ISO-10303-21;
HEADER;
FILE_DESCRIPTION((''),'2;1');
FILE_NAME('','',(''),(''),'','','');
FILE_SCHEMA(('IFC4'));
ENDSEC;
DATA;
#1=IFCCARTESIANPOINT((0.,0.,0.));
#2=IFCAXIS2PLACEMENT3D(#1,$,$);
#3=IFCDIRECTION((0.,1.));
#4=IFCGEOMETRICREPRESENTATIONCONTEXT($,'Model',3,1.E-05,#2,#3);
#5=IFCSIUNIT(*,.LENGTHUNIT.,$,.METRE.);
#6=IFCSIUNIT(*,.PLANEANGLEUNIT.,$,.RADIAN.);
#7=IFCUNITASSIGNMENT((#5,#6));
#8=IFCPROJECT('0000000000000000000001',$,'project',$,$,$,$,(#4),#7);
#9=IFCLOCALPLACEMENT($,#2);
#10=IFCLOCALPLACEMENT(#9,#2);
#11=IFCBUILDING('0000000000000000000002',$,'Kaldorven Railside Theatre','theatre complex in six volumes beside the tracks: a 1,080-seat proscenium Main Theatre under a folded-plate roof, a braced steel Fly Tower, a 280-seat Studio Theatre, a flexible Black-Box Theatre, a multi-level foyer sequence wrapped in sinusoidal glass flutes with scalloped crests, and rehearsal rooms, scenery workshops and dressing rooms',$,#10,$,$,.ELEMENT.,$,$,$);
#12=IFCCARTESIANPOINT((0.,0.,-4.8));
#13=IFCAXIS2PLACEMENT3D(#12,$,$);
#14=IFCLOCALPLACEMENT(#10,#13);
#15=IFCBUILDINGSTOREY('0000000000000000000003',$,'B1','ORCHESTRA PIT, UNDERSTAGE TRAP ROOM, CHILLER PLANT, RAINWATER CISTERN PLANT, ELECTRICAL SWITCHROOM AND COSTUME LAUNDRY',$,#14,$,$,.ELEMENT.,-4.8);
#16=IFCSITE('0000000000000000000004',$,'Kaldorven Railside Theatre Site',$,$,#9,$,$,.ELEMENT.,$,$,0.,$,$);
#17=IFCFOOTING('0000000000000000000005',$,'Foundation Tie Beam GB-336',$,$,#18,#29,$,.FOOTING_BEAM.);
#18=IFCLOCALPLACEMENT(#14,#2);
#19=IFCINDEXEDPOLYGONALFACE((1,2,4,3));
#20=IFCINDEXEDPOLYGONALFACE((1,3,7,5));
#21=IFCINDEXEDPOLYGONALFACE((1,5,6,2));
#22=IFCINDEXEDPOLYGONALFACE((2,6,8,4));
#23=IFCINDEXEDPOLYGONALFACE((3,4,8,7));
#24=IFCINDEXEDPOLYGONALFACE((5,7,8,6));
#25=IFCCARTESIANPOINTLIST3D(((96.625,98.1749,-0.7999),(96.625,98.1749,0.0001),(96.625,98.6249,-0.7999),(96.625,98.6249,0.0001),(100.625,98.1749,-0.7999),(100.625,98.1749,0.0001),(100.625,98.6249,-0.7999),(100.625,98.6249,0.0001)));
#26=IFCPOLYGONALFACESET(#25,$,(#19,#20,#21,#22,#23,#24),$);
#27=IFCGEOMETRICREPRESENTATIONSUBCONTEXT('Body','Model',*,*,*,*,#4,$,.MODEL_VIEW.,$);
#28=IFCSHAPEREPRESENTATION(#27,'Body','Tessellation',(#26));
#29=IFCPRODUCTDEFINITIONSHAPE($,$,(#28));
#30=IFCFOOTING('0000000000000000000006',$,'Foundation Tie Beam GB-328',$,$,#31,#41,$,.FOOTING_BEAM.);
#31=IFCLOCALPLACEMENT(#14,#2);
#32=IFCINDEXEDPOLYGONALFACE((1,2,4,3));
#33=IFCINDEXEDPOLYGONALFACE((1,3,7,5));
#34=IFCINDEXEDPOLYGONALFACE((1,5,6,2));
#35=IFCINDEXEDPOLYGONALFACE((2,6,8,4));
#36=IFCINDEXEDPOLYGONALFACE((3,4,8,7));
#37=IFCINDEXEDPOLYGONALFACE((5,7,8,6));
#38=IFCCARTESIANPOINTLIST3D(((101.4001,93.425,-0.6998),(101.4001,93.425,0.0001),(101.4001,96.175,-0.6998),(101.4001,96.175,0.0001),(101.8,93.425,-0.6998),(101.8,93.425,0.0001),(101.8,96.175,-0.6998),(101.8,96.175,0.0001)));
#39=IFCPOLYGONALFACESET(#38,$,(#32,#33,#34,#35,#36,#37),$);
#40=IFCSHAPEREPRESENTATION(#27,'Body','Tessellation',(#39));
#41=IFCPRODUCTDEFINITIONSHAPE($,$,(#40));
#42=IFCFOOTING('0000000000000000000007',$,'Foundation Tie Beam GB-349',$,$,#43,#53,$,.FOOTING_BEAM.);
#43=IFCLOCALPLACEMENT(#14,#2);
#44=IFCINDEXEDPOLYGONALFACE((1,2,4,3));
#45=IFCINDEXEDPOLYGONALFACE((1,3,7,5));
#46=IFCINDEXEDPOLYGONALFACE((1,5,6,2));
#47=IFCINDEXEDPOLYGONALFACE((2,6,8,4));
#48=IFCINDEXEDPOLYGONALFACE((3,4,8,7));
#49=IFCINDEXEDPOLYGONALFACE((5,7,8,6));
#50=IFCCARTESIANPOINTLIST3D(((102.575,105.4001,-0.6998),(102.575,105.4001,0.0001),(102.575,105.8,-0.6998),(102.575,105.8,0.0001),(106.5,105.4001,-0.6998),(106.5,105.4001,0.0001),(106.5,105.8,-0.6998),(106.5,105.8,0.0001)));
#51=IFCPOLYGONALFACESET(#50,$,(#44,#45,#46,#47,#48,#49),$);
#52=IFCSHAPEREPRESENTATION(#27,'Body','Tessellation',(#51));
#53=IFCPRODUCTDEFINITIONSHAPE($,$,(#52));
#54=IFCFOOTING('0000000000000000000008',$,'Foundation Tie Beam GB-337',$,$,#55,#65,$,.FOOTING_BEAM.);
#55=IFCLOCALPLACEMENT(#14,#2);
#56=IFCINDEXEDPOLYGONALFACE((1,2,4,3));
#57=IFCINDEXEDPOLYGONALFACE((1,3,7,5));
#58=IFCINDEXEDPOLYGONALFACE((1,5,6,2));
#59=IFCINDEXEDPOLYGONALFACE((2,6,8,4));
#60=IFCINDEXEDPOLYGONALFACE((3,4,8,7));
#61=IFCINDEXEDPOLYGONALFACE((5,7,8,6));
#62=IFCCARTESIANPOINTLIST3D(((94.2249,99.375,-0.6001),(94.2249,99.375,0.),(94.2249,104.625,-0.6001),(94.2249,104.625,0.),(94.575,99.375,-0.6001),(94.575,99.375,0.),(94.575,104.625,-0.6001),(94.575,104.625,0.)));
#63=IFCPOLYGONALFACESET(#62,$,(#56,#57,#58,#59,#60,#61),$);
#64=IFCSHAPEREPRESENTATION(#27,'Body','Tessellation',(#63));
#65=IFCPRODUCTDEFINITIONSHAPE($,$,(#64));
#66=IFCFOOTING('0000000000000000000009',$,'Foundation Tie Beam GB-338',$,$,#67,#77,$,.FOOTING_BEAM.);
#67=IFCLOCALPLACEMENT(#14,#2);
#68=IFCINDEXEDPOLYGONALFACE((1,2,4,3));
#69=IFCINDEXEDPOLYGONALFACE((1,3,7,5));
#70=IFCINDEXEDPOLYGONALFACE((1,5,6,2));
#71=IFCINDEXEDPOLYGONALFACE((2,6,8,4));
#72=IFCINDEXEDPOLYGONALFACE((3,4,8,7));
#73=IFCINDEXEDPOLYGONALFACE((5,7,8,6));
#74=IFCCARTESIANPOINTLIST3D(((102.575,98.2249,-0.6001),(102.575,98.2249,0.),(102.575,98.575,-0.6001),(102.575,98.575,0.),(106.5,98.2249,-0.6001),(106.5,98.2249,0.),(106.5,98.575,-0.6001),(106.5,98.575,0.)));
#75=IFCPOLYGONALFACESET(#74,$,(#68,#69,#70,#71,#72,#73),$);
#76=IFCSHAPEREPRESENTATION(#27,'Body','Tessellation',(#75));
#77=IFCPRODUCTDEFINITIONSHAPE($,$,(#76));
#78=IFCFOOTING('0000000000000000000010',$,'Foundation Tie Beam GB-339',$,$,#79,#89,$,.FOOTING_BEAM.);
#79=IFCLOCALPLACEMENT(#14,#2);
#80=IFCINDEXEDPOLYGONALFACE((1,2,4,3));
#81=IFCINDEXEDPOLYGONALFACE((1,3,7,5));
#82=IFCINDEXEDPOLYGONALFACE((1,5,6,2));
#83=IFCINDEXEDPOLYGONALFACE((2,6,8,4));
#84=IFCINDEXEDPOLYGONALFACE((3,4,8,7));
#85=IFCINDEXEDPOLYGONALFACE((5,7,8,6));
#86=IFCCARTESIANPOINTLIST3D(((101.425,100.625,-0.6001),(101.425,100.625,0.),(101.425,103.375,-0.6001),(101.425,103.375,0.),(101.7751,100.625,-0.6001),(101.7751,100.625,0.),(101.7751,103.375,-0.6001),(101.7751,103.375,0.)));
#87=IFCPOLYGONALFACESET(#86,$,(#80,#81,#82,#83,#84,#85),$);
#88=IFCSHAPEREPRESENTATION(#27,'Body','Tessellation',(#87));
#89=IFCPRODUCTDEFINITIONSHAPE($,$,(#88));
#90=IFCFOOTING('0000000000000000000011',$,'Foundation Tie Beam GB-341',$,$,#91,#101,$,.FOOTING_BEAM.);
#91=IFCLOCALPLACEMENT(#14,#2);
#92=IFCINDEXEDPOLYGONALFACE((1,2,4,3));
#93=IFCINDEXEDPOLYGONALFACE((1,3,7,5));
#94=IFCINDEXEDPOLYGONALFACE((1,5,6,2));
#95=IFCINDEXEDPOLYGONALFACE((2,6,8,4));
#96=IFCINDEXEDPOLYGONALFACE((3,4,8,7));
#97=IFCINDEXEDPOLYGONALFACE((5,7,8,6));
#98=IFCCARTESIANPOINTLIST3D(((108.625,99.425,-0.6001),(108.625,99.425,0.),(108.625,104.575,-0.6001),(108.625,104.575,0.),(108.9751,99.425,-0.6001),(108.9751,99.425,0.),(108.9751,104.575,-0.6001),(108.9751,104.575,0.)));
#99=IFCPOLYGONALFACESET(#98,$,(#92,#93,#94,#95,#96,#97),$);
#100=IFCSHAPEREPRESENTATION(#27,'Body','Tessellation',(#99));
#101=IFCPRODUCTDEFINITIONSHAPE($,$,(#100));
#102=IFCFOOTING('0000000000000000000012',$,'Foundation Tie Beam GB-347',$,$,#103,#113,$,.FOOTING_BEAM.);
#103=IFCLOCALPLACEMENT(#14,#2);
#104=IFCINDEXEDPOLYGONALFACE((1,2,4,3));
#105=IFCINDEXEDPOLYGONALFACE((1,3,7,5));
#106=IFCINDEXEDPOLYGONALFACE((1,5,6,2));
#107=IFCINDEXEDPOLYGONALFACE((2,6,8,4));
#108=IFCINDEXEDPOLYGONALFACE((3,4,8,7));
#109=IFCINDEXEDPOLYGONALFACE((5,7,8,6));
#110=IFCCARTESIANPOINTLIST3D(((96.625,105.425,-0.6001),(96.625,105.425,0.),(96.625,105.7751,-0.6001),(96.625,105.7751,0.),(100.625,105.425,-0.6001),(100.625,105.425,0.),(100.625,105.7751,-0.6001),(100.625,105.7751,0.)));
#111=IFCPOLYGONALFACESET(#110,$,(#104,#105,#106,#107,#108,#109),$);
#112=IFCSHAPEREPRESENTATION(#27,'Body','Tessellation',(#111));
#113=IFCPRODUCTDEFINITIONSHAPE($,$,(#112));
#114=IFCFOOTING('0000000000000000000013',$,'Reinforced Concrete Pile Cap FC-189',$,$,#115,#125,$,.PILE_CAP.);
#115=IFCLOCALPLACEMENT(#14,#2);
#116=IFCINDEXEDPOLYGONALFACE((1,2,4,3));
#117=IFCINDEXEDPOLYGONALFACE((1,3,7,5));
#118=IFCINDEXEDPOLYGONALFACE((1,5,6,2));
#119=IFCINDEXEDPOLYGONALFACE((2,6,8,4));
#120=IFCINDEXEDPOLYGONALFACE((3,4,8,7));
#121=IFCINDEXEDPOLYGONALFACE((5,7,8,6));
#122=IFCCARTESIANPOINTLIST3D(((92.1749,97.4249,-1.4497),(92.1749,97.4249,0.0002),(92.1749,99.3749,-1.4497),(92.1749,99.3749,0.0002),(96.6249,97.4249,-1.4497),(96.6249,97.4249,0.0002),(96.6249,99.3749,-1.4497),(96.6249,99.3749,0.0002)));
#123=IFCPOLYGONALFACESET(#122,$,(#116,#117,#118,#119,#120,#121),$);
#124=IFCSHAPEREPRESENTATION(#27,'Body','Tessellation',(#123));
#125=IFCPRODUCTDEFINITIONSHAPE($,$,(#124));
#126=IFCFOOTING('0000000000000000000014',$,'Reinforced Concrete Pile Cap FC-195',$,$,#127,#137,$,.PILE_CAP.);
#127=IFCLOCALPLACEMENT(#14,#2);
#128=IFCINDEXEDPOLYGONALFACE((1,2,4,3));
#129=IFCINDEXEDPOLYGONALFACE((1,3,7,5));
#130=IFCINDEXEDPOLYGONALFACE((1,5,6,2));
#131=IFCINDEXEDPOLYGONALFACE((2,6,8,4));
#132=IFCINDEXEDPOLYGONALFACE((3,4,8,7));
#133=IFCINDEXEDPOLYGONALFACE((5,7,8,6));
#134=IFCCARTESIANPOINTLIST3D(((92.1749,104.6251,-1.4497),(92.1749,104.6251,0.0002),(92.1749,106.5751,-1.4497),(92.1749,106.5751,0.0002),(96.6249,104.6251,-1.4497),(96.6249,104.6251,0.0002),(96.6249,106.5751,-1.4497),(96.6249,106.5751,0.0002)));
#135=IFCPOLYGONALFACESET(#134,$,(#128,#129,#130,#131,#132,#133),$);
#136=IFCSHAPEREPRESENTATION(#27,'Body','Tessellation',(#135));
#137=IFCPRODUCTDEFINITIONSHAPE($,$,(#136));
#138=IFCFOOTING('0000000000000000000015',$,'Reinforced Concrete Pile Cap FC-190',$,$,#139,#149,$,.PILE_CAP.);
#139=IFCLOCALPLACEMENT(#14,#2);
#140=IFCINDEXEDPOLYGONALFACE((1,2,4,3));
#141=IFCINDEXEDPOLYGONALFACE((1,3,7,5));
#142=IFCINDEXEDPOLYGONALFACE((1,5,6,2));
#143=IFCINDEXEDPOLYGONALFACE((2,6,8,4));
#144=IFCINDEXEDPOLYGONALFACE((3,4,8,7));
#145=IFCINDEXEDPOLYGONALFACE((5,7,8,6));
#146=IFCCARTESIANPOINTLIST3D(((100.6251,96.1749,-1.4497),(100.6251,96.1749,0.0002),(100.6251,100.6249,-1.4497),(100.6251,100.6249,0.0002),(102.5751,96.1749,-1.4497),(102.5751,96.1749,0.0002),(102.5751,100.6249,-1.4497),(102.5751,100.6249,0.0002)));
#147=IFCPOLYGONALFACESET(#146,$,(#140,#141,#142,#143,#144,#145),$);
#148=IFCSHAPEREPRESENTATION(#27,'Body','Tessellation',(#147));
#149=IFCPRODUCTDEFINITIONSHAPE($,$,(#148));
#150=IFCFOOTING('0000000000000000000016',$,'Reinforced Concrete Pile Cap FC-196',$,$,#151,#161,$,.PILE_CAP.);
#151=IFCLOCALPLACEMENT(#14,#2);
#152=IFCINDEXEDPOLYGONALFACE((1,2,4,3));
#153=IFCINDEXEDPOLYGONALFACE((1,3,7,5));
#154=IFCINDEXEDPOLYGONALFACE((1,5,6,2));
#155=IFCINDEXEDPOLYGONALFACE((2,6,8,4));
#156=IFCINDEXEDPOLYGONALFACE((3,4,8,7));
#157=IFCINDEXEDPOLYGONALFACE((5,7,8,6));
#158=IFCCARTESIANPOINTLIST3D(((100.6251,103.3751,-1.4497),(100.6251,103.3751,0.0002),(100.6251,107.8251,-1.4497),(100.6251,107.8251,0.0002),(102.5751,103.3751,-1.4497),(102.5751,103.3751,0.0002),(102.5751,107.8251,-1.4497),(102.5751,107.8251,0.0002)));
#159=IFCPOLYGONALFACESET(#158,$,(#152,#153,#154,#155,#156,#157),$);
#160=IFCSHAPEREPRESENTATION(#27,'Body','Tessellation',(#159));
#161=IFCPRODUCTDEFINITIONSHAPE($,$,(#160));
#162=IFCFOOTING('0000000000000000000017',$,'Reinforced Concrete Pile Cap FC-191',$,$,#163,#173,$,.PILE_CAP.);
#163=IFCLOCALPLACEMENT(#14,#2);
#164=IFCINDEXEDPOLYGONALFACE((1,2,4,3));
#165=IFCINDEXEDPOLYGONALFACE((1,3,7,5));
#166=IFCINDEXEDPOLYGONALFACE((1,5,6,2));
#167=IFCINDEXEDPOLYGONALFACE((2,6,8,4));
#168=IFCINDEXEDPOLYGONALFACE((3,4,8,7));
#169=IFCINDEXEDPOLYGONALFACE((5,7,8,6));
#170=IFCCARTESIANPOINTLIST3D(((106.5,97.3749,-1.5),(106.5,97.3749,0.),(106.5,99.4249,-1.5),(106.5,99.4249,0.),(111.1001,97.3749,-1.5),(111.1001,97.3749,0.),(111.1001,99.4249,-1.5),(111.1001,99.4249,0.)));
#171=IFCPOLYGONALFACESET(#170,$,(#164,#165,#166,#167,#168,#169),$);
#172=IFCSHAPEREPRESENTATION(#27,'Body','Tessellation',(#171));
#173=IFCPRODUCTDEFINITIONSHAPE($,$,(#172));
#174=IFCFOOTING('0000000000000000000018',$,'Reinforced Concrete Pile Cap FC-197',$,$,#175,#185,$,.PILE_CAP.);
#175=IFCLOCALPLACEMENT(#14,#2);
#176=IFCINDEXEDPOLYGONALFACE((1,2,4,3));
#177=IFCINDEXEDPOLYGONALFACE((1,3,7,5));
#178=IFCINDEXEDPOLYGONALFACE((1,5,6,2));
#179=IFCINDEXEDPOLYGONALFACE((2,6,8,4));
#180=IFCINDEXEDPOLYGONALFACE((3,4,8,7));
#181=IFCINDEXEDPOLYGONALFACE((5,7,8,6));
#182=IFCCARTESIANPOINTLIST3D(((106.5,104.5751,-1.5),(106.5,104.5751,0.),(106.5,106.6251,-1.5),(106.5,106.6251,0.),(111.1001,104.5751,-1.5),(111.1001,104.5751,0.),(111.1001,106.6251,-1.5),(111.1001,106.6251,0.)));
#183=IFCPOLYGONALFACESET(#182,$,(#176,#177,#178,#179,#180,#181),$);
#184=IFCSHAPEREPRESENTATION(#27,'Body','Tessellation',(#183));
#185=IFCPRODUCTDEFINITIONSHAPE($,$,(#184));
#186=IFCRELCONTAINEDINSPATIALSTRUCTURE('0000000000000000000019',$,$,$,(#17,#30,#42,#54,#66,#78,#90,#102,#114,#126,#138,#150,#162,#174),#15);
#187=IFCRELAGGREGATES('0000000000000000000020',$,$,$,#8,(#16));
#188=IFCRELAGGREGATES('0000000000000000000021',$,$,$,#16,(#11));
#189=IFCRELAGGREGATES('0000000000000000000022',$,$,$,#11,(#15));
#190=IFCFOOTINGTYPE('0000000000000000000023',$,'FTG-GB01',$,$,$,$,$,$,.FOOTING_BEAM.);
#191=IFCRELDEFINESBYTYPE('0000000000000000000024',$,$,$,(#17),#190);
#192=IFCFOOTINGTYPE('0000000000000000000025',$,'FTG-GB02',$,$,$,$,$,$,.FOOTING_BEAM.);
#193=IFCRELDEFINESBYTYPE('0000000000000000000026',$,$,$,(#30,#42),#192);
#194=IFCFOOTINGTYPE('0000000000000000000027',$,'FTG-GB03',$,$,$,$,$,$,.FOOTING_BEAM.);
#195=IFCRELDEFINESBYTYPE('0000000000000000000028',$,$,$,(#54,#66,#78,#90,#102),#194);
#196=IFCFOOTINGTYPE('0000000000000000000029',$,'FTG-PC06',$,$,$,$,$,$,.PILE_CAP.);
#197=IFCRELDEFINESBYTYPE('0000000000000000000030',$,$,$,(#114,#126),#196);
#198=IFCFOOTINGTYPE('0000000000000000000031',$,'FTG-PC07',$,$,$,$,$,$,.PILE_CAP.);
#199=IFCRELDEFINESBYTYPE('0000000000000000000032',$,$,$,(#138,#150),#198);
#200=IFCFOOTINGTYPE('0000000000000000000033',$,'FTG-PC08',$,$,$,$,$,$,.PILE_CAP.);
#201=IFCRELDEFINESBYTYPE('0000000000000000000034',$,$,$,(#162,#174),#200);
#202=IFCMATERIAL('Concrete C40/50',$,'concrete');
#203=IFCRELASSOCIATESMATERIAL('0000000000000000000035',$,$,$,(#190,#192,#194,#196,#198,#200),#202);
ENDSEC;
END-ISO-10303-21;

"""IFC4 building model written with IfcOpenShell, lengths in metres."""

from ifc_helpers import new_model, si_unit, direction, frame, origin, origin_2d, place, context, subcontext, project, spatial, rectangle, extrude, material, material_profile, profile_set, type_object, element, save


model = new_model("IFC4")

# Units and contexts
model_context = context("Model", 3, precision=1e-05, world=origin(), true_north=direction((0.0, 1.0)))
body_context = subcontext(model_context, "Body", "Model", "MODEL_VIEW")
ifc_project = project(units=[si_unit("LENGTHUNIT", "METRE"), si_unit("PLANEANGLEUNIT", "RADIAN")], contexts=[model_context])

# Site, building, storey
site_placement = place(None, origin())
site = spatial("IfcSite", under=ifc_project, at=site_placement, Name="Kaldorven Railside Theatre Site", CompositionType="ELEMENT", RefElevation=0.0)
building_placement = place(site_placement, origin())
building = spatial("IfcBuilding", under=site, at=building_placement, Name="Kaldorven Railside Theatre", Description="theatre complex in six volumes beside the tracks: a 1,080-seat proscenium Main Theatre under a folded-plate roof, a braced steel Fly Tower, a 280-seat Studio Theatre, a flexible Black-Box Theatre, a multi-level foyer sequence wrapped in sinusoidal glass flutes with scalloped crests, and rehearsal rooms, scenery workshops and dressing rooms", CompositionType="ELEMENT")
storey_placement = place(building_placement, frame((0.0, 0.0, -4.8)))
storey = spatial("IfcBuildingStorey", under=building, at=storey_placement, Name="B1", Description="ORCHESTRA PIT, UNDERSTAGE TRAP ROOM, CHILLER PLANT, RAINWATER CISTERN PLANT, ELECTRICAL SWITCHROOM AND COSTUME LAUNDRY", CompositionType="ELEMENT", Elevation=-4.8)

# Footings
ifc_material_1 = material(Name="Concrete C40/50", Category="concrete")
ifc_material_profile_1 = material_profile(ifc_material_1, rectangle(XDim=0.45, YDim=0.8, at=origin_2d()), Name="RC 450x800")
ifc_profile_set_1 = profile_set([ifc_material_profile_1], Name="Concrete C40/50")
footing_type_1 = type_object("IfcFootingType", Name="FTG-GB01", PredefinedType="FOOTING_BEAM", material=ifc_profile_set_1)
footing_1_placement = place(storey_placement, frame((96.625, 98.3999, -0.3999), z_axis=(1.0, 0.0, 0.0), x_axis=(0.0, 1.0, 0.0)))
element("IfcFooting", 1, at=footing_1_placement, inside=storey, type_object=footing_type_1, Name="Foundation Tie Beam GB-336", PredefinedType="FOOTING_BEAM", context=body_context, shape_type="SweptSolid", body=[
    extrude(rectangle(XDim=0.45, YDim=0.8, at=origin_2d()), origin(), (0.0, 0.0, 1.0), 4.0),
])
ifc_material_profile_2 = material_profile(ifc_material_1, rectangle(XDim=0.3999, YDim=0.7, at=origin_2d()), Name="RC 400x700")
ifc_profile_set_2 = profile_set([ifc_material_profile_2], Name="Concrete C40/50")
footing_type_2 = type_object("IfcFootingType", Name="FTG-GB02", PredefinedType="FOOTING_BEAM", material=ifc_profile_set_2)
footing_2_placement = place(storey_placement, frame((101.6001, 93.425, -0.3499), z_axis=(0.0, 1.0, 0.0), x_axis=(-1.0, 0.0, 0.0)))
element("IfcFooting", 2, at=footing_2_placement, inside=storey, type_object=footing_type_2, Name="Foundation Tie Beam GB-328", PredefinedType="FOOTING_BEAM", context=body_context, shape_type="SweptSolid", body=[
    extrude(rectangle(XDim=0.3999, YDim=0.7, at=origin_2d()), origin(), (0.0, 0.0, 1.0), 2.75),
])
footing_3_placement = place(storey_placement, frame((102.575, 105.6001, -0.3499), z_axis=(1.0, 0.0, 0.0), x_axis=(0.0, 1.0, 0.0)))
element("IfcFooting", 3, at=footing_3_placement, inside=storey, type_object=footing_type_2, Name="Foundation Tie Beam GB-349", PredefinedType="FOOTING_BEAM", context=body_context, shape_type="SweptSolid", body=[
    extrude(rectangle(XDim=0.3999, YDim=0.7, at=origin_2d()), origin(), (0.0, 0.0, 1.0), 3.925),
])
ifc_material_profile_3 = material_profile(ifc_material_1, rectangle(XDim=0.3501, YDim=0.6001, at=origin_2d()), Name="RC 350x600")
ifc_profile_set_3 = profile_set([ifc_material_profile_3], Name="Concrete C40/50")
footing_type_3 = type_object("IfcFootingType", Name="FTG-GB03", PredefinedType="FOOTING_BEAM", material=ifc_profile_set_3)
footing_4_placement = place(storey_placement, frame((94.3999, 99.375, -0.3), z_axis=(0.0, 1.0, 0.0), x_axis=(-1.0, 0.0, 0.0)))
element("IfcFooting", 4, at=footing_4_placement, inside=storey, type_object=footing_type_3, Name="Foundation Tie Beam GB-337", PredefinedType="FOOTING_BEAM", context=body_context, shape_type="SweptSolid", body=[
    extrude(rectangle(XDim=0.3501, YDim=0.6001, at=origin_2d()), origin(), (0.0, 0.0, 1.0), 5.25),
])
footing_5_placement = place(storey_placement, frame((102.575, 98.3999, -0.3), z_axis=(1.0, 0.0, 0.0), x_axis=(0.0, 1.0, 0.0)))
element("IfcFooting", 5, at=footing_5_placement, inside=storey, type_object=footing_type_3, Name="Foundation Tie Beam GB-338", PredefinedType="FOOTING_BEAM", context=body_context, shape_type="SweptSolid", body=[
    extrude(rectangle(XDim=0.3501, YDim=0.6001, at=origin_2d()), origin(), (0.0, 0.0, 1.0), 3.925),
])
footing_6_placement = place(storey_placement, frame((101.6001, 100.625, -0.3), z_axis=(0.0, 1.0, 0.0), x_axis=(-1.0, 0.0, 0.0)))
element("IfcFooting", 6, at=footing_6_placement, inside=storey, type_object=footing_type_3, Name="Foundation Tie Beam GB-339", PredefinedType="FOOTING_BEAM", context=body_context, shape_type="SweptSolid", body=[
    extrude(rectangle(XDim=0.3501, YDim=0.6001, at=origin_2d()), origin(), (0.0, 0.0, 1.0), 2.75),
])
footing_7_placement = place(storey_placement, frame((108.8, 99.425, -0.3), z_axis=(0.0, 1.0, 0.0), x_axis=(-1.0, 0.0, 0.0)))
element("IfcFooting", 7, at=footing_7_placement, inside=storey, type_object=footing_type_3, Name="Foundation Tie Beam GB-341", PredefinedType="FOOTING_BEAM", context=body_context, shape_type="SweptSolid", body=[
    extrude(rectangle(XDim=0.3501, YDim=0.6001, at=origin_2d()), origin(), (0.0, 0.0, 1.0), 5.1499),
])
footing_8_placement = place(storey_placement, frame((96.625, 105.6001, -0.3), z_axis=(1.0, 0.0, 0.0), x_axis=(0.0, 1.0, 0.0)))
element("IfcFooting", 8, at=footing_8_placement, inside=storey, type_object=footing_type_3, Name="Foundation Tie Beam GB-347", PredefinedType="FOOTING_BEAM", context=body_context, shape_type="SweptSolid", body=[
    extrude(rectangle(XDim=0.3501, YDim=0.6001, at=origin_2d()), origin(), (0.0, 0.0, 1.0), 4.0),
])
footing_type_4 = type_object("IfcFootingType", Name="FTG-PC06", PredefinedType="PILE_CAP", material=ifc_material_1)
for number, where, z_axis, x_axis, name in (
    (9, (94.3999, 98.3999, -1.4497), (0.0, 0.0, 1.0), (1.0, 0.0, 0.0), "Reinforced Concrete Pile Cap FC-189"),
    (10, (94.3999, 105.6001, -1.4497), (0.0, 0.0, 1.0), (1.0, 0.0, 0.0), "Reinforced Concrete Pile Cap FC-195"),
):
    element("IfcFooting", number, at=place(storey_placement, frame(where, z_axis=z_axis, x_axis=x_axis)), inside=storey, type_object=footing_type_4, Name=name, PredefinedType="PILE_CAP", context=body_context, shape_type="SweptSolid", body=[
        extrude(rectangle(XDim=4.45, YDim=1.95, at=origin_2d()), origin(), (0.0, 0.0, 1.0), 1.45),
    ])
footing_type_5 = type_object("IfcFootingType", Name="FTG-PC07", PredefinedType="PILE_CAP", material=ifc_material_1)
for number, where, z_axis, x_axis, name in (
    (11, (101.6001, 98.3999, -1.4497), (0.0, 0.0, 1.0), (1.0, 0.0, 0.0), "Reinforced Concrete Pile Cap FC-190"),
    (12, (101.6001, 105.6001, -1.4497), (0.0, 0.0, 1.0), (1.0, 0.0, 0.0), "Reinforced Concrete Pile Cap FC-196"),
):
    element("IfcFooting", number, at=place(storey_placement, frame(where, z_axis=z_axis, x_axis=x_axis)), inside=storey, type_object=footing_type_5, Name=name, PredefinedType="PILE_CAP", context=body_context, shape_type="SweptSolid", body=[
        extrude(rectangle(XDim=1.95, YDim=4.45, at=origin_2d()), origin(), (0.0, 0.0, 1.0), 1.45),
    ])
footing_type_6 = type_object("IfcFootingType", Name="FTG-PC08", PredefinedType="PILE_CAP", material=ifc_material_1)
for number, where, z_axis, x_axis, name in (
    (13, (108.8, 98.3999, -1.5), (0.0, 0.0, 1.0), (1.0, 0.0, 0.0), "Reinforced Concrete Pile Cap FC-191"),
    (14, (108.8, 105.6001, -1.5), (0.0, 0.0, 1.0), (1.0, 0.0, 0.0), "Reinforced Concrete Pile Cap FC-197"),
):
    element("IfcFooting", number, at=place(storey_placement, frame(where, z_axis=z_axis, x_axis=x_axis)), inside=storey, type_object=footing_type_6, Name=name, PredefinedType="PILE_CAP", context=body_context, shape_type="SweptSolid", body=[
        extrude(rectangle(XDim=4.6001, YDim=2.05, at=origin_2d()), origin(), (0.0, 0.0, 1.0), 1.5),
    ])

save(model, "model.ifc")
